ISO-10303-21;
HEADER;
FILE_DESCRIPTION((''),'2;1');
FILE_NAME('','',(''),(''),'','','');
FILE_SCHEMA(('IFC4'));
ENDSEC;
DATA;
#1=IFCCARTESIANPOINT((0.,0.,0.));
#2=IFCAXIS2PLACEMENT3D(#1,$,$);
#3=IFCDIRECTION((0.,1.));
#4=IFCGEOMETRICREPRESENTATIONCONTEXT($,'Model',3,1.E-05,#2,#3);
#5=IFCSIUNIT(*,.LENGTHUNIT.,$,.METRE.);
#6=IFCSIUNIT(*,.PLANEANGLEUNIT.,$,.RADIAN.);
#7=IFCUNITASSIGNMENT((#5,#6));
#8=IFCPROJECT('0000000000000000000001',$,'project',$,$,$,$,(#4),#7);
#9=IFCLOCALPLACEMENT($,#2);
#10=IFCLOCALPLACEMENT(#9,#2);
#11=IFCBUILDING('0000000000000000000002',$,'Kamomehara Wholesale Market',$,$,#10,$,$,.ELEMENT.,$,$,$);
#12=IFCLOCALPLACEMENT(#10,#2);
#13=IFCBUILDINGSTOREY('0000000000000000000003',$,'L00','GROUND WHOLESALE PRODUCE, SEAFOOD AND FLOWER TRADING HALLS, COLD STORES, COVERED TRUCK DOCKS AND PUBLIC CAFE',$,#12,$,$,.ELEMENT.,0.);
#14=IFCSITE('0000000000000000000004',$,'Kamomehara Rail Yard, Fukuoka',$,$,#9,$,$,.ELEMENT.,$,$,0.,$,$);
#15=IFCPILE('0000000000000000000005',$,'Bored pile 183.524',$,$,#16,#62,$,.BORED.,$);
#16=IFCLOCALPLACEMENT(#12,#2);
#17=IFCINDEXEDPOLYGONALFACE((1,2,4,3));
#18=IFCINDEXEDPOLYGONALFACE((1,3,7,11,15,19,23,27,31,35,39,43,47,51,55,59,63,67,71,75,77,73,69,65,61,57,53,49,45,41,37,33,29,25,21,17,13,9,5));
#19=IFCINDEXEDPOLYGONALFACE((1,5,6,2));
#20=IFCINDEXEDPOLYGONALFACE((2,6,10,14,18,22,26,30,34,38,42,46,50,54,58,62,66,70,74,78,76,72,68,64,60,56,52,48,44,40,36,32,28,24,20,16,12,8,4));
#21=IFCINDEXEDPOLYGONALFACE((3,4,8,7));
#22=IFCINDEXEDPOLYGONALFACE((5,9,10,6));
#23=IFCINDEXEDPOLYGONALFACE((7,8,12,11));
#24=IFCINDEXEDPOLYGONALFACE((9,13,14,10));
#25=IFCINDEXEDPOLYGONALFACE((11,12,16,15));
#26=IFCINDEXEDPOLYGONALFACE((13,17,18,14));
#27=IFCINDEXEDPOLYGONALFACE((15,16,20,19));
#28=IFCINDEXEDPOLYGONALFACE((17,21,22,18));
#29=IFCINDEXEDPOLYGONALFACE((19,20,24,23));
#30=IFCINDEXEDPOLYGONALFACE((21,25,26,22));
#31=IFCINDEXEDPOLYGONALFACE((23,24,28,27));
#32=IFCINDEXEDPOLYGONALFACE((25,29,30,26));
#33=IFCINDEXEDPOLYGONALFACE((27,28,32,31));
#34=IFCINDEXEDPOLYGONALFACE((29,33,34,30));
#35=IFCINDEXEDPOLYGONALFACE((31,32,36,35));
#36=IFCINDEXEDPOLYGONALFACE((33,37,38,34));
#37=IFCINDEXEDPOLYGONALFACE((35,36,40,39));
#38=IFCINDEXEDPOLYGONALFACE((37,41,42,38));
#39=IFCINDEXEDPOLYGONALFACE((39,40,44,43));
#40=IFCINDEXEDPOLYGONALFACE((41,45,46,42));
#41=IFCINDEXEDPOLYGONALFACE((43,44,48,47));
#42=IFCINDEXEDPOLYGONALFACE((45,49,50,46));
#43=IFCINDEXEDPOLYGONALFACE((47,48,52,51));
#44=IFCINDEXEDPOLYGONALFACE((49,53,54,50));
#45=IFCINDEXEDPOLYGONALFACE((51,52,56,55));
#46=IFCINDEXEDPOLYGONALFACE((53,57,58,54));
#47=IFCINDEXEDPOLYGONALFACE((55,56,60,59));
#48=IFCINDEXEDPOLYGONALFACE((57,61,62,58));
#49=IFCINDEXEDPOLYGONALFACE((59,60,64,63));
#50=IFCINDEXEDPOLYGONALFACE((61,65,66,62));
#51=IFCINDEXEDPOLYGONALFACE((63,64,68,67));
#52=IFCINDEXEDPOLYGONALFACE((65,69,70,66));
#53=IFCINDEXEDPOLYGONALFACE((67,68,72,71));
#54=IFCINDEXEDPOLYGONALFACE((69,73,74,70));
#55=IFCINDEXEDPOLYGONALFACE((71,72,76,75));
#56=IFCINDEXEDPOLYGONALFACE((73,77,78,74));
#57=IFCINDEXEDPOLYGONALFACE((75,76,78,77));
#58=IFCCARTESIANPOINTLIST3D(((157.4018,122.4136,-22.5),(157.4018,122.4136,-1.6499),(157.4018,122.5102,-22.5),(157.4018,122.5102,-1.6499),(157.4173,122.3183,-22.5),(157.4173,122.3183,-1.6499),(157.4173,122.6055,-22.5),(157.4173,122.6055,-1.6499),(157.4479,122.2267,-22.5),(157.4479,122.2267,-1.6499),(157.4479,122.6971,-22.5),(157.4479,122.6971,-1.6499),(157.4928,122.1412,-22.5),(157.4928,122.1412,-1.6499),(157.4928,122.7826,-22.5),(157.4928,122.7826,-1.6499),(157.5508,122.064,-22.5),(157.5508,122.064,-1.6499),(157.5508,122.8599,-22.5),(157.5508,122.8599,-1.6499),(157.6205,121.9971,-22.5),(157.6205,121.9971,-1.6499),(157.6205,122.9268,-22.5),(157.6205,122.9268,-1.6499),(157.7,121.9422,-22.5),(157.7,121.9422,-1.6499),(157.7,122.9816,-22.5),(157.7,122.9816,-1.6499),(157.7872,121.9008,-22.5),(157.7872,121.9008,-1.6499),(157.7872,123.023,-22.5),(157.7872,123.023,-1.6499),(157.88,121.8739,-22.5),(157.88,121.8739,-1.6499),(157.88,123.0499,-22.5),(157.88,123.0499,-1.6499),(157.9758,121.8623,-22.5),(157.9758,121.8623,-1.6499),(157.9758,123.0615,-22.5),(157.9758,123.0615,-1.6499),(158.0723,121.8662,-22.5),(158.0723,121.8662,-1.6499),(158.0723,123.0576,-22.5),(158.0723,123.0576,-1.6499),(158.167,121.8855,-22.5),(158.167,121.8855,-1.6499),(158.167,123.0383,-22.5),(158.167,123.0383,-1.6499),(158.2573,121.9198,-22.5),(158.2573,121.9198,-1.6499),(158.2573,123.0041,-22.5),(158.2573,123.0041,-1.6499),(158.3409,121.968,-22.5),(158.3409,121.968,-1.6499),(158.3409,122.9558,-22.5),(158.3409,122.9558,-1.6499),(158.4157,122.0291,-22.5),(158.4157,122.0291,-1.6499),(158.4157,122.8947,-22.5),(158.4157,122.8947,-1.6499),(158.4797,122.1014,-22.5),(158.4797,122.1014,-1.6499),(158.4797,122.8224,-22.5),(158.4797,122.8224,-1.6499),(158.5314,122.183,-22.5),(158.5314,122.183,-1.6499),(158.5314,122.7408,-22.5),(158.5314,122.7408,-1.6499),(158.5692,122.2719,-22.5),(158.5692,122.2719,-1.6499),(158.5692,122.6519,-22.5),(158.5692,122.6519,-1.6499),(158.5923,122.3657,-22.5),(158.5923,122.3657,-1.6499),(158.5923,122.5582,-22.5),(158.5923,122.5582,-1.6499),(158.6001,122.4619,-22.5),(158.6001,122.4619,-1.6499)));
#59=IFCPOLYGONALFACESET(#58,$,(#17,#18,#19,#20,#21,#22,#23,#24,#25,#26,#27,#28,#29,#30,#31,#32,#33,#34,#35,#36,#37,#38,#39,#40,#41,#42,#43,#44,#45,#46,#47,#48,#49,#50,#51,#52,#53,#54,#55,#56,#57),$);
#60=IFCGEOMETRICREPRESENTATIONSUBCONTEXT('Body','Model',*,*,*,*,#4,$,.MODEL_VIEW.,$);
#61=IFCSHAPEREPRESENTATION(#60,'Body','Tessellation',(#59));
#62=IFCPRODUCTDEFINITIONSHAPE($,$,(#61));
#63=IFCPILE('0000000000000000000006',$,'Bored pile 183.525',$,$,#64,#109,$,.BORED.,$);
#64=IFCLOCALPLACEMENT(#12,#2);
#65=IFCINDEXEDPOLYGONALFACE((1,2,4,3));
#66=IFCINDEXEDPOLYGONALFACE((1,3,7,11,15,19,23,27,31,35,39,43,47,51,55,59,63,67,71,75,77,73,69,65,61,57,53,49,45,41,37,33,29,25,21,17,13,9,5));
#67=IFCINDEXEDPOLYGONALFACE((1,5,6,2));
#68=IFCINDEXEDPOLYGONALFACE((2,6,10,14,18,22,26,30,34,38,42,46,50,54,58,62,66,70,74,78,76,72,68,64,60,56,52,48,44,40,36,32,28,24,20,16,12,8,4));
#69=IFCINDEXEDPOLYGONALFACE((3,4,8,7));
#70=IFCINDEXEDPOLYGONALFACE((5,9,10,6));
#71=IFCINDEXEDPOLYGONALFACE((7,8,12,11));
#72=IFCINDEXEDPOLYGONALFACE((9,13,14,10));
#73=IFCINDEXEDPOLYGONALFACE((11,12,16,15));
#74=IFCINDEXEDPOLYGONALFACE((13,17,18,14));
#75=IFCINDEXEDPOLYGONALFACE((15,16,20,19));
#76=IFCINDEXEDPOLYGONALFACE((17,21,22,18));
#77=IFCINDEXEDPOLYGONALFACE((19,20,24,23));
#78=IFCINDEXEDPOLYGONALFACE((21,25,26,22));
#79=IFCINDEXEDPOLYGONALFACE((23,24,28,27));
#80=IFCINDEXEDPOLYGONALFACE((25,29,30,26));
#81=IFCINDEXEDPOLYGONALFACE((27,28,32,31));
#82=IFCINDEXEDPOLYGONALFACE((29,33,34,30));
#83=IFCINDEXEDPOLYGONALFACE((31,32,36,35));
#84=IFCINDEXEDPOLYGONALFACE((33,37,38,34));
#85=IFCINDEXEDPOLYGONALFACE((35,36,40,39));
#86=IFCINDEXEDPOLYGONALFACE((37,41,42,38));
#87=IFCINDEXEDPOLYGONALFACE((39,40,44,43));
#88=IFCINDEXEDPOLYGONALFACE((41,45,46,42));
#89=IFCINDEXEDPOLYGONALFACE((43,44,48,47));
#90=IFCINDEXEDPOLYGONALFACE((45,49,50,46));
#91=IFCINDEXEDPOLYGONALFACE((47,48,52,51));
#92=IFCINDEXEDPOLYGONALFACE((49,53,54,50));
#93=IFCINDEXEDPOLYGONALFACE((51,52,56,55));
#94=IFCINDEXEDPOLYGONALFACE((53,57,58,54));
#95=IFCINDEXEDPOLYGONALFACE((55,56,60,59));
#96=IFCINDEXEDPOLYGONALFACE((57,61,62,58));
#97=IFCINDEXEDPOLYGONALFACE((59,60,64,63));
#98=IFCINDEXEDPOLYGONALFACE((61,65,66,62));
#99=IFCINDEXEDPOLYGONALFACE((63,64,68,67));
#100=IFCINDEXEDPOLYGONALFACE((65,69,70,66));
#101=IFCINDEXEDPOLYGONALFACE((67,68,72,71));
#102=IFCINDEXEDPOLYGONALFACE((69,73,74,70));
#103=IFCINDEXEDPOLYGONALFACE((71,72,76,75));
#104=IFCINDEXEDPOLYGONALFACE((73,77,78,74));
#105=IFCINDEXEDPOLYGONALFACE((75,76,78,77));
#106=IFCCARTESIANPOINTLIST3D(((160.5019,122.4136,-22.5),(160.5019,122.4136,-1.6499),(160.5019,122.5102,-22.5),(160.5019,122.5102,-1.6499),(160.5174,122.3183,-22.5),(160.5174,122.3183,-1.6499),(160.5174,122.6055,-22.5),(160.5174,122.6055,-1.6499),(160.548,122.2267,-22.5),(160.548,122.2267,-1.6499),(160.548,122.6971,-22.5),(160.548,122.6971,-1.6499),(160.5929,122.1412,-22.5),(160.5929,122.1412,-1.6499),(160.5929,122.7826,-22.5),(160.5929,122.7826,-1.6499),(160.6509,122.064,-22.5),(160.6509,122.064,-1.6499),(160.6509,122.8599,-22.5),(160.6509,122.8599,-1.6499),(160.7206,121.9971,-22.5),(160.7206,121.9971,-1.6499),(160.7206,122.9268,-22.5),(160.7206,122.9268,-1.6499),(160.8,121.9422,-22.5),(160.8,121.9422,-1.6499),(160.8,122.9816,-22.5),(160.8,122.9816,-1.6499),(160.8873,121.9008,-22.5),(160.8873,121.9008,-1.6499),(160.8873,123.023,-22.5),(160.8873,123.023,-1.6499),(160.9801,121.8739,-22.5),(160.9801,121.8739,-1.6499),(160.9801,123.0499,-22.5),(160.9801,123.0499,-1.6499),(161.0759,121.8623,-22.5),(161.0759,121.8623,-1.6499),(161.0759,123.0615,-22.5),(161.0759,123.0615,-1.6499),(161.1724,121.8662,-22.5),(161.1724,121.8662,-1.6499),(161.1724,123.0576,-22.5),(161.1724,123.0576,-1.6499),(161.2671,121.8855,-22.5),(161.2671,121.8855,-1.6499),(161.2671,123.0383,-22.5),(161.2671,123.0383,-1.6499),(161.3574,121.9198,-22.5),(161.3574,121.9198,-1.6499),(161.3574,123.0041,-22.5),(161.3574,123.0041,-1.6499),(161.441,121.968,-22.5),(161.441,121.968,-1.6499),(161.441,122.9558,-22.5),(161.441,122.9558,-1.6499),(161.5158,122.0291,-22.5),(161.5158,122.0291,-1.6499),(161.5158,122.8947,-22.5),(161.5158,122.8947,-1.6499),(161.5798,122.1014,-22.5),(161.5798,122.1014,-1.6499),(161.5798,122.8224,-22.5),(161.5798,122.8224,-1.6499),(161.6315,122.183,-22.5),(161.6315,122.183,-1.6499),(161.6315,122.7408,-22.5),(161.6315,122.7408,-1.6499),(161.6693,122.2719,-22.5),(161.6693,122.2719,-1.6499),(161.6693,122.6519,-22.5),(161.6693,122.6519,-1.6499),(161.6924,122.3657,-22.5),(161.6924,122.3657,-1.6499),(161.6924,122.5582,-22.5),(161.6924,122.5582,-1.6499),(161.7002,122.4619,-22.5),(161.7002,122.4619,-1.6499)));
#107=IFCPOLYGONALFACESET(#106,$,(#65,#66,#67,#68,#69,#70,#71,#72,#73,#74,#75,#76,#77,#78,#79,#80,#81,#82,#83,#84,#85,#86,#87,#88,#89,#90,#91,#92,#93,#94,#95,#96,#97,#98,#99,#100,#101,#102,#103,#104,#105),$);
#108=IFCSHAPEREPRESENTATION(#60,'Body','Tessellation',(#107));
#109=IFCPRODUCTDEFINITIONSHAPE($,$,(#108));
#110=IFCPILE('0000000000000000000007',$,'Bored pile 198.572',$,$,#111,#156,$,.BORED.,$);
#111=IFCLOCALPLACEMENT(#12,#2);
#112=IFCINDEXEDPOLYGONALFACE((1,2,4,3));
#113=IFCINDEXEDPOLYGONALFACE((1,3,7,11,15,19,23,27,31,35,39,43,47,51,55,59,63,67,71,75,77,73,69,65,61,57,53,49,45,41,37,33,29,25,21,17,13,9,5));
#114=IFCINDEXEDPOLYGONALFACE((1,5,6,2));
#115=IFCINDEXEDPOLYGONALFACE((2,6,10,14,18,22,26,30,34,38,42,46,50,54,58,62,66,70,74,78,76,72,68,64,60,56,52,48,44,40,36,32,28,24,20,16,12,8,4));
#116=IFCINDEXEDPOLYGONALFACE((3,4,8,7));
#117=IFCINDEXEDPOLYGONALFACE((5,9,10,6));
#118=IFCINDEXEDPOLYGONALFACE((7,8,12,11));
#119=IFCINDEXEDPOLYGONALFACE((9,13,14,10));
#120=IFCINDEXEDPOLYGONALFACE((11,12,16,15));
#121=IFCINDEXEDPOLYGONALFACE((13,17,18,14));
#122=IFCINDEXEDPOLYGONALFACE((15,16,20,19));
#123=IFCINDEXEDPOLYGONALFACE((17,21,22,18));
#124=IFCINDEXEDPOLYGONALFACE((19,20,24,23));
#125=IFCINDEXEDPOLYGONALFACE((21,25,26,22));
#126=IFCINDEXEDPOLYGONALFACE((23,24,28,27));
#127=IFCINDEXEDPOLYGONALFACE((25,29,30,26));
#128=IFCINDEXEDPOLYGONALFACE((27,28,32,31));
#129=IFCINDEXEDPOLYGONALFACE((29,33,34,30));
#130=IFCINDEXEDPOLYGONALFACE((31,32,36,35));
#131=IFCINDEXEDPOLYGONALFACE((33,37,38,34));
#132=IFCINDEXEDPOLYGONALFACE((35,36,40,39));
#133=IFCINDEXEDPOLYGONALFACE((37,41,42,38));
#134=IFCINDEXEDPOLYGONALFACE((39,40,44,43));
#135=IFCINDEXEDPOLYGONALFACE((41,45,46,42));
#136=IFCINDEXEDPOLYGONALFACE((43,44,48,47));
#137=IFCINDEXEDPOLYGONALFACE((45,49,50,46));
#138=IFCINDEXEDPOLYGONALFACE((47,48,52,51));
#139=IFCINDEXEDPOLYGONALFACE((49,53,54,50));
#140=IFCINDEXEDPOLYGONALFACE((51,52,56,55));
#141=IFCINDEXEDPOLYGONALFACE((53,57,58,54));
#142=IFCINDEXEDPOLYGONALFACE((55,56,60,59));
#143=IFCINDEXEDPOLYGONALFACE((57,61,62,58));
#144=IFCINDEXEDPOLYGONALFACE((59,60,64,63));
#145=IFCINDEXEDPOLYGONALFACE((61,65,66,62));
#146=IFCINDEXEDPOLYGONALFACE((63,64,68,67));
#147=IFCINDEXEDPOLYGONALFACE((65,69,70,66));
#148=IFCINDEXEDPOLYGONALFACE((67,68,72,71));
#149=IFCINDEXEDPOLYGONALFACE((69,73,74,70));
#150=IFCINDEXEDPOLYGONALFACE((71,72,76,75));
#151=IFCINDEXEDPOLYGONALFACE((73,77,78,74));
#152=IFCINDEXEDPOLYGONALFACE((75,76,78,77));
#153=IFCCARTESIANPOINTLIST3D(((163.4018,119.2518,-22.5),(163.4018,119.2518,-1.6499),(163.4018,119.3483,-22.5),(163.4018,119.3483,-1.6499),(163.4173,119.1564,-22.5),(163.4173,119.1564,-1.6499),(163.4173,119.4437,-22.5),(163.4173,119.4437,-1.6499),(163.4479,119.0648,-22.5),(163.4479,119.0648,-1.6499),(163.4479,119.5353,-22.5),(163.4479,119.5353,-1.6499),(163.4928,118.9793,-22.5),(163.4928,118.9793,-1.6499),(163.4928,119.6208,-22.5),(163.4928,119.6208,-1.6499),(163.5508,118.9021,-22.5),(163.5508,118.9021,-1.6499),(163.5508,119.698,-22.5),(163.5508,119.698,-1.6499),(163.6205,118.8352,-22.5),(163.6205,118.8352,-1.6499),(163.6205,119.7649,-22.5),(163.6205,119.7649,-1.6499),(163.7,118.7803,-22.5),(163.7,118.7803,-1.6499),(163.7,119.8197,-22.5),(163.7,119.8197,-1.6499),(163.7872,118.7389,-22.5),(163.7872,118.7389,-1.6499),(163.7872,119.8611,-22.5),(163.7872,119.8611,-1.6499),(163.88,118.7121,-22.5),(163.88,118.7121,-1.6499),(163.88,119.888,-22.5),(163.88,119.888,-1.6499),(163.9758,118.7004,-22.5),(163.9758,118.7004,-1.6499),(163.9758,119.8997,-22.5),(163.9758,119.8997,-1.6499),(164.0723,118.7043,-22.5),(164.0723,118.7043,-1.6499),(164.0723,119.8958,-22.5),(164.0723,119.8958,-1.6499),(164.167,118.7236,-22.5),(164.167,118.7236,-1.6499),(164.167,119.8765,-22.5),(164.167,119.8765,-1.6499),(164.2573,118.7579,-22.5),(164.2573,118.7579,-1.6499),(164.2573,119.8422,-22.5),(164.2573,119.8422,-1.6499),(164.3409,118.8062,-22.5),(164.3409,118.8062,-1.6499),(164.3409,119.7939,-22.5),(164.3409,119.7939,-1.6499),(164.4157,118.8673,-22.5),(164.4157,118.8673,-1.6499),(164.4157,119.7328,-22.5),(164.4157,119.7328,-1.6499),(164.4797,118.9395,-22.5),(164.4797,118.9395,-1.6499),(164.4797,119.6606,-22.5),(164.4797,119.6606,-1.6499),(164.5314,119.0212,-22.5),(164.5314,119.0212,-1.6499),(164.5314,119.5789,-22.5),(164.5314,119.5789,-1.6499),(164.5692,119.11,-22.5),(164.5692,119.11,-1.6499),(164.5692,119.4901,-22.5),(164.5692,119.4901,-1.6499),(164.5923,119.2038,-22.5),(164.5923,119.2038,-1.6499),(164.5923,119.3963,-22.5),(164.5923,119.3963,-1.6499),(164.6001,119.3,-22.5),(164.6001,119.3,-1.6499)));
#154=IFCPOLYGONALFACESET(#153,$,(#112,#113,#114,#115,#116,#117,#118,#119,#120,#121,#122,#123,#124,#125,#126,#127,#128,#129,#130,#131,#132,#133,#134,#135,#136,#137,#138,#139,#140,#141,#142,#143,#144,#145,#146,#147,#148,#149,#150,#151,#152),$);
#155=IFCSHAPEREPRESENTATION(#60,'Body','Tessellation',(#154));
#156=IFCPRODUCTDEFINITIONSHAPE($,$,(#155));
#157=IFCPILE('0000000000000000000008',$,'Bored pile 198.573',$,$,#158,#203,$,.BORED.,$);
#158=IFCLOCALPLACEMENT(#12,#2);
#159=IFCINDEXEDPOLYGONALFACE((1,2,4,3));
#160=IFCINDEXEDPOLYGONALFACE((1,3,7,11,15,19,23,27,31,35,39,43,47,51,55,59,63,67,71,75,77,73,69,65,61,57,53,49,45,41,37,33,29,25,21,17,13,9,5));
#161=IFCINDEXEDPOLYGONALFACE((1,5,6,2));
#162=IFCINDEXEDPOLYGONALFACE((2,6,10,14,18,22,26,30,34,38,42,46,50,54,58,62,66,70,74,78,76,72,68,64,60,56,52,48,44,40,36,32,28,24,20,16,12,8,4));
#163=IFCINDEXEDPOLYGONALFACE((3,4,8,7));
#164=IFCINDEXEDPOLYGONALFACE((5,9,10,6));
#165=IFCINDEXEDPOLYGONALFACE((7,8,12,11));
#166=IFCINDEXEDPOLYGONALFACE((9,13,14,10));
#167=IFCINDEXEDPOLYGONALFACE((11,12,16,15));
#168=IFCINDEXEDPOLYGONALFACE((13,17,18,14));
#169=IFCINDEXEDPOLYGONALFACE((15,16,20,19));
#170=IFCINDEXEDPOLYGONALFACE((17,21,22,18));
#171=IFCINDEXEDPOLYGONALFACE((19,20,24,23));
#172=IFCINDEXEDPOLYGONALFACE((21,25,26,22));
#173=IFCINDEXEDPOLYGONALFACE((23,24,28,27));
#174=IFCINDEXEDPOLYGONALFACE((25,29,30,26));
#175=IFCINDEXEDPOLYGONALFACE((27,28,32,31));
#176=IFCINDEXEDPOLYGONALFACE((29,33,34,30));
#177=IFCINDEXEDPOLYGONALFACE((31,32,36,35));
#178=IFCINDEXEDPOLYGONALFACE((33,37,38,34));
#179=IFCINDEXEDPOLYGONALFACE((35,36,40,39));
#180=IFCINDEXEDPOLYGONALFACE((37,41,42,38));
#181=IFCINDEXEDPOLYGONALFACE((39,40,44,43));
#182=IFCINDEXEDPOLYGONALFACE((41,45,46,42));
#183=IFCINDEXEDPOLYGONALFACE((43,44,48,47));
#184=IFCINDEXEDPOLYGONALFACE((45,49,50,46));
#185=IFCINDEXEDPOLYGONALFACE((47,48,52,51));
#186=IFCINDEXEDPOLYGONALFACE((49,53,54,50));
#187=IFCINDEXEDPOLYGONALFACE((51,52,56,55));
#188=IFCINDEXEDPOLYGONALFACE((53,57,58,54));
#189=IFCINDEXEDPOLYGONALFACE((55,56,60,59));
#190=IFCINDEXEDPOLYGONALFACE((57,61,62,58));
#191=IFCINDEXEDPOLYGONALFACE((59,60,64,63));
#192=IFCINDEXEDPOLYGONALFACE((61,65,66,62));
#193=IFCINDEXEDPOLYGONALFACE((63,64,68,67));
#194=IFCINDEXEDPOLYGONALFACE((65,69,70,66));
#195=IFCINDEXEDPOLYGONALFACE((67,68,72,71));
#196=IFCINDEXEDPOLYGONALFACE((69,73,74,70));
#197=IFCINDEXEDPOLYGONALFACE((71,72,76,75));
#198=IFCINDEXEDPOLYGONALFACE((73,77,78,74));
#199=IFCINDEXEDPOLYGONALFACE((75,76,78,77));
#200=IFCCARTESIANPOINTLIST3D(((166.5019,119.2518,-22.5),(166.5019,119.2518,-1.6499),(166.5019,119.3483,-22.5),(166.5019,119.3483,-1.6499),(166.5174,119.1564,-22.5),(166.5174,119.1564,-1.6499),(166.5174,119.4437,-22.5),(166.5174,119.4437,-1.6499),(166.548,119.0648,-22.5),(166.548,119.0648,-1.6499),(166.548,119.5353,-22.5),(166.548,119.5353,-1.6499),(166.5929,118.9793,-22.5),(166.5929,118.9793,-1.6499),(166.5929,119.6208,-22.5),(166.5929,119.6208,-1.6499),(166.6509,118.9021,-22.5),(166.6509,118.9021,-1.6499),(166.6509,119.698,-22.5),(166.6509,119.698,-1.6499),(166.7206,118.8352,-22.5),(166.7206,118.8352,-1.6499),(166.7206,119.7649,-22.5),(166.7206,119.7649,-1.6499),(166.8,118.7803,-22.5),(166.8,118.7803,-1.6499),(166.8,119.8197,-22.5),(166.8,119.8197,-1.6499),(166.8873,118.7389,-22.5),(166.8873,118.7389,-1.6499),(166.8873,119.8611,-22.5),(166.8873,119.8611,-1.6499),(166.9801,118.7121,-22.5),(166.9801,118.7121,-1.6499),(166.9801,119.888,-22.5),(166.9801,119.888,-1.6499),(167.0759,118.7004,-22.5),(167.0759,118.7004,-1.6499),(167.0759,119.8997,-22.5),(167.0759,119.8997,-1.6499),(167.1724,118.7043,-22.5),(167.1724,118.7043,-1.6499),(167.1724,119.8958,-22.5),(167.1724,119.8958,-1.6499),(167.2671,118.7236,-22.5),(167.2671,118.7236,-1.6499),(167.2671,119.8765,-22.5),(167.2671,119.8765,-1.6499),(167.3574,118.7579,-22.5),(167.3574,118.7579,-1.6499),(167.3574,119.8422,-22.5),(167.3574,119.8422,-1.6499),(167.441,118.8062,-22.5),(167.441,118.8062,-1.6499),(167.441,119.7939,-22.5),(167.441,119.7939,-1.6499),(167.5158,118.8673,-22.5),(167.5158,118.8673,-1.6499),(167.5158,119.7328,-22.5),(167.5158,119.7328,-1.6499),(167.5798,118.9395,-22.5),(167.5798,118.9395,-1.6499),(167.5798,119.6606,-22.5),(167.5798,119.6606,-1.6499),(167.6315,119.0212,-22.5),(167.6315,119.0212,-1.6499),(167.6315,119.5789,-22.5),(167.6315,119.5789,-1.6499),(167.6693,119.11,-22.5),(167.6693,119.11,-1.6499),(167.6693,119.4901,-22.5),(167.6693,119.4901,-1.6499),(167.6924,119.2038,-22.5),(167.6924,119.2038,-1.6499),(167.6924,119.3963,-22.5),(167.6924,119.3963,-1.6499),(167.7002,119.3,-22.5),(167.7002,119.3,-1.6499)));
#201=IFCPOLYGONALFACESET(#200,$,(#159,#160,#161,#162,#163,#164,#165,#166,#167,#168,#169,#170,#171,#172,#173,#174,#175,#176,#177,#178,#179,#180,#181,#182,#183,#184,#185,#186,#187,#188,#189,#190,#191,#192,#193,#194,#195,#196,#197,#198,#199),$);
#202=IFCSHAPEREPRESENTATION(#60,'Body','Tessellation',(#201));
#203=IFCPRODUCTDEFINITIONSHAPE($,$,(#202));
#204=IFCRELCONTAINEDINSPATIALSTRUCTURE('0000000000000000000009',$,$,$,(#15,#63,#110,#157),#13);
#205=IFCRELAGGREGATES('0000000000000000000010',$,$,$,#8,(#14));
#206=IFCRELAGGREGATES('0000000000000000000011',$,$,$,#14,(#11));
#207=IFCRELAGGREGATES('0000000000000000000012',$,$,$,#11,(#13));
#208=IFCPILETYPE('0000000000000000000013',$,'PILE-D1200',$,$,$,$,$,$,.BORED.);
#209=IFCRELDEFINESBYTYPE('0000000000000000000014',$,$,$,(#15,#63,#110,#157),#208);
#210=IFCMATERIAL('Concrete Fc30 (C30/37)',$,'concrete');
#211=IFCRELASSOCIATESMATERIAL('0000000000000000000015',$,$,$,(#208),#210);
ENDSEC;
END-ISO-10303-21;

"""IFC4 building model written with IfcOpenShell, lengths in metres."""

from ifc_helpers import new_model, si_unit, direction, frame, origin, origin_2d, place, context, subcontext, project, spatial, circle, extrude, material, material_profile, profile_set, type_object, element, save


model = new_model("IFC4")

# Units and contexts
model_context = context("Model", 3, precision=1e-05, world=origin(), true_north=direction((0.0, 1.0)))
body_context = subcontext(model_context, "Body", "Model", "MODEL_VIEW")
ifc_project = project(units=[si_unit("LENGTHUNIT", "METRE"), si_unit("PLANEANGLEUNIT", "RADIAN")], contexts=[model_context])

# Site, building, storey
site_placement = place(None, origin())
site = spatial("IfcSite", under=ifc_project, at=site_placement, Name="Kamomehara Rail Yard, Fukuoka", CompositionType="ELEMENT", RefElevation=0.0)
building_placement = place(site_placement, origin())
building = spatial("IfcBuilding", under=site, at=building_placement, Name="Kamomehara Wholesale Market", CompositionType="ELEMENT")
storey_placement = place(building_placement, origin())
storey = spatial("IfcBuildingStorey", under=building, at=storey_placement, Name="L00", Description="GROUND WHOLESALE PRODUCE, SEAFOOD AND FLOWER TRADING HALLS, COLD STORES, COVERED TRUCK DOCKS AND PUBLIC CAFE", CompositionType="ELEMENT", Elevation=0.0)

# Piles
ifc_material_1 = material(Name="Concrete Fc30 (C30/37)", Category="concrete")
ifc_material_profile_1 = material_profile(ifc_material_1, circle(Radius=0.6001, at=origin_2d()), Name="RC-PILE-D1200")
ifc_profile_set_1 = profile_set([ifc_material_profile_1], Name="Concrete Fc30 (C30/37)")
pile_type = type_object("IfcPileType", Name="PILE-D1200", PredefinedType="BORED", material=ifc_profile_set_1)
for number, where, z_axis, x_axis, name in (
    (1, (158.0, 122.4619, -1.6499), (0.0, 0.0, -1.0), (1.0, 0.0, 0.0), "Bored pile 183.524"),
    (2, (161.1001, 122.4619, -1.6499), (0.0, 0.0, -1.0), (1.0, 0.0, 0.0), "Bored pile 183.525"),
    (3, (164.0, 119.3, -1.6499), (0.0, 0.0, -1.0), (1.0, 0.0, 0.0), "Bored pile 198.572"),
    (4, (167.1001, 119.3, -1.6499), (0.0, 0.0, -1.0), (1.0, 0.0, 0.0), "Bored pile 198.573"),
):
    element("IfcPile", number, at=place(storey_placement, frame(where, z_axis=z_axis, x_axis=x_axis)), inside=storey, type_object=pile_type, Name=name, PredefinedType="BORED", context=body_context, shape_type="SweptSolid", body=[
        extrude(circle(Radius=0.6001, at=origin_2d()), origin(), (0.0, 0.0, 1.0), 20.8501),
    ])

save(model, "model.ifc")
